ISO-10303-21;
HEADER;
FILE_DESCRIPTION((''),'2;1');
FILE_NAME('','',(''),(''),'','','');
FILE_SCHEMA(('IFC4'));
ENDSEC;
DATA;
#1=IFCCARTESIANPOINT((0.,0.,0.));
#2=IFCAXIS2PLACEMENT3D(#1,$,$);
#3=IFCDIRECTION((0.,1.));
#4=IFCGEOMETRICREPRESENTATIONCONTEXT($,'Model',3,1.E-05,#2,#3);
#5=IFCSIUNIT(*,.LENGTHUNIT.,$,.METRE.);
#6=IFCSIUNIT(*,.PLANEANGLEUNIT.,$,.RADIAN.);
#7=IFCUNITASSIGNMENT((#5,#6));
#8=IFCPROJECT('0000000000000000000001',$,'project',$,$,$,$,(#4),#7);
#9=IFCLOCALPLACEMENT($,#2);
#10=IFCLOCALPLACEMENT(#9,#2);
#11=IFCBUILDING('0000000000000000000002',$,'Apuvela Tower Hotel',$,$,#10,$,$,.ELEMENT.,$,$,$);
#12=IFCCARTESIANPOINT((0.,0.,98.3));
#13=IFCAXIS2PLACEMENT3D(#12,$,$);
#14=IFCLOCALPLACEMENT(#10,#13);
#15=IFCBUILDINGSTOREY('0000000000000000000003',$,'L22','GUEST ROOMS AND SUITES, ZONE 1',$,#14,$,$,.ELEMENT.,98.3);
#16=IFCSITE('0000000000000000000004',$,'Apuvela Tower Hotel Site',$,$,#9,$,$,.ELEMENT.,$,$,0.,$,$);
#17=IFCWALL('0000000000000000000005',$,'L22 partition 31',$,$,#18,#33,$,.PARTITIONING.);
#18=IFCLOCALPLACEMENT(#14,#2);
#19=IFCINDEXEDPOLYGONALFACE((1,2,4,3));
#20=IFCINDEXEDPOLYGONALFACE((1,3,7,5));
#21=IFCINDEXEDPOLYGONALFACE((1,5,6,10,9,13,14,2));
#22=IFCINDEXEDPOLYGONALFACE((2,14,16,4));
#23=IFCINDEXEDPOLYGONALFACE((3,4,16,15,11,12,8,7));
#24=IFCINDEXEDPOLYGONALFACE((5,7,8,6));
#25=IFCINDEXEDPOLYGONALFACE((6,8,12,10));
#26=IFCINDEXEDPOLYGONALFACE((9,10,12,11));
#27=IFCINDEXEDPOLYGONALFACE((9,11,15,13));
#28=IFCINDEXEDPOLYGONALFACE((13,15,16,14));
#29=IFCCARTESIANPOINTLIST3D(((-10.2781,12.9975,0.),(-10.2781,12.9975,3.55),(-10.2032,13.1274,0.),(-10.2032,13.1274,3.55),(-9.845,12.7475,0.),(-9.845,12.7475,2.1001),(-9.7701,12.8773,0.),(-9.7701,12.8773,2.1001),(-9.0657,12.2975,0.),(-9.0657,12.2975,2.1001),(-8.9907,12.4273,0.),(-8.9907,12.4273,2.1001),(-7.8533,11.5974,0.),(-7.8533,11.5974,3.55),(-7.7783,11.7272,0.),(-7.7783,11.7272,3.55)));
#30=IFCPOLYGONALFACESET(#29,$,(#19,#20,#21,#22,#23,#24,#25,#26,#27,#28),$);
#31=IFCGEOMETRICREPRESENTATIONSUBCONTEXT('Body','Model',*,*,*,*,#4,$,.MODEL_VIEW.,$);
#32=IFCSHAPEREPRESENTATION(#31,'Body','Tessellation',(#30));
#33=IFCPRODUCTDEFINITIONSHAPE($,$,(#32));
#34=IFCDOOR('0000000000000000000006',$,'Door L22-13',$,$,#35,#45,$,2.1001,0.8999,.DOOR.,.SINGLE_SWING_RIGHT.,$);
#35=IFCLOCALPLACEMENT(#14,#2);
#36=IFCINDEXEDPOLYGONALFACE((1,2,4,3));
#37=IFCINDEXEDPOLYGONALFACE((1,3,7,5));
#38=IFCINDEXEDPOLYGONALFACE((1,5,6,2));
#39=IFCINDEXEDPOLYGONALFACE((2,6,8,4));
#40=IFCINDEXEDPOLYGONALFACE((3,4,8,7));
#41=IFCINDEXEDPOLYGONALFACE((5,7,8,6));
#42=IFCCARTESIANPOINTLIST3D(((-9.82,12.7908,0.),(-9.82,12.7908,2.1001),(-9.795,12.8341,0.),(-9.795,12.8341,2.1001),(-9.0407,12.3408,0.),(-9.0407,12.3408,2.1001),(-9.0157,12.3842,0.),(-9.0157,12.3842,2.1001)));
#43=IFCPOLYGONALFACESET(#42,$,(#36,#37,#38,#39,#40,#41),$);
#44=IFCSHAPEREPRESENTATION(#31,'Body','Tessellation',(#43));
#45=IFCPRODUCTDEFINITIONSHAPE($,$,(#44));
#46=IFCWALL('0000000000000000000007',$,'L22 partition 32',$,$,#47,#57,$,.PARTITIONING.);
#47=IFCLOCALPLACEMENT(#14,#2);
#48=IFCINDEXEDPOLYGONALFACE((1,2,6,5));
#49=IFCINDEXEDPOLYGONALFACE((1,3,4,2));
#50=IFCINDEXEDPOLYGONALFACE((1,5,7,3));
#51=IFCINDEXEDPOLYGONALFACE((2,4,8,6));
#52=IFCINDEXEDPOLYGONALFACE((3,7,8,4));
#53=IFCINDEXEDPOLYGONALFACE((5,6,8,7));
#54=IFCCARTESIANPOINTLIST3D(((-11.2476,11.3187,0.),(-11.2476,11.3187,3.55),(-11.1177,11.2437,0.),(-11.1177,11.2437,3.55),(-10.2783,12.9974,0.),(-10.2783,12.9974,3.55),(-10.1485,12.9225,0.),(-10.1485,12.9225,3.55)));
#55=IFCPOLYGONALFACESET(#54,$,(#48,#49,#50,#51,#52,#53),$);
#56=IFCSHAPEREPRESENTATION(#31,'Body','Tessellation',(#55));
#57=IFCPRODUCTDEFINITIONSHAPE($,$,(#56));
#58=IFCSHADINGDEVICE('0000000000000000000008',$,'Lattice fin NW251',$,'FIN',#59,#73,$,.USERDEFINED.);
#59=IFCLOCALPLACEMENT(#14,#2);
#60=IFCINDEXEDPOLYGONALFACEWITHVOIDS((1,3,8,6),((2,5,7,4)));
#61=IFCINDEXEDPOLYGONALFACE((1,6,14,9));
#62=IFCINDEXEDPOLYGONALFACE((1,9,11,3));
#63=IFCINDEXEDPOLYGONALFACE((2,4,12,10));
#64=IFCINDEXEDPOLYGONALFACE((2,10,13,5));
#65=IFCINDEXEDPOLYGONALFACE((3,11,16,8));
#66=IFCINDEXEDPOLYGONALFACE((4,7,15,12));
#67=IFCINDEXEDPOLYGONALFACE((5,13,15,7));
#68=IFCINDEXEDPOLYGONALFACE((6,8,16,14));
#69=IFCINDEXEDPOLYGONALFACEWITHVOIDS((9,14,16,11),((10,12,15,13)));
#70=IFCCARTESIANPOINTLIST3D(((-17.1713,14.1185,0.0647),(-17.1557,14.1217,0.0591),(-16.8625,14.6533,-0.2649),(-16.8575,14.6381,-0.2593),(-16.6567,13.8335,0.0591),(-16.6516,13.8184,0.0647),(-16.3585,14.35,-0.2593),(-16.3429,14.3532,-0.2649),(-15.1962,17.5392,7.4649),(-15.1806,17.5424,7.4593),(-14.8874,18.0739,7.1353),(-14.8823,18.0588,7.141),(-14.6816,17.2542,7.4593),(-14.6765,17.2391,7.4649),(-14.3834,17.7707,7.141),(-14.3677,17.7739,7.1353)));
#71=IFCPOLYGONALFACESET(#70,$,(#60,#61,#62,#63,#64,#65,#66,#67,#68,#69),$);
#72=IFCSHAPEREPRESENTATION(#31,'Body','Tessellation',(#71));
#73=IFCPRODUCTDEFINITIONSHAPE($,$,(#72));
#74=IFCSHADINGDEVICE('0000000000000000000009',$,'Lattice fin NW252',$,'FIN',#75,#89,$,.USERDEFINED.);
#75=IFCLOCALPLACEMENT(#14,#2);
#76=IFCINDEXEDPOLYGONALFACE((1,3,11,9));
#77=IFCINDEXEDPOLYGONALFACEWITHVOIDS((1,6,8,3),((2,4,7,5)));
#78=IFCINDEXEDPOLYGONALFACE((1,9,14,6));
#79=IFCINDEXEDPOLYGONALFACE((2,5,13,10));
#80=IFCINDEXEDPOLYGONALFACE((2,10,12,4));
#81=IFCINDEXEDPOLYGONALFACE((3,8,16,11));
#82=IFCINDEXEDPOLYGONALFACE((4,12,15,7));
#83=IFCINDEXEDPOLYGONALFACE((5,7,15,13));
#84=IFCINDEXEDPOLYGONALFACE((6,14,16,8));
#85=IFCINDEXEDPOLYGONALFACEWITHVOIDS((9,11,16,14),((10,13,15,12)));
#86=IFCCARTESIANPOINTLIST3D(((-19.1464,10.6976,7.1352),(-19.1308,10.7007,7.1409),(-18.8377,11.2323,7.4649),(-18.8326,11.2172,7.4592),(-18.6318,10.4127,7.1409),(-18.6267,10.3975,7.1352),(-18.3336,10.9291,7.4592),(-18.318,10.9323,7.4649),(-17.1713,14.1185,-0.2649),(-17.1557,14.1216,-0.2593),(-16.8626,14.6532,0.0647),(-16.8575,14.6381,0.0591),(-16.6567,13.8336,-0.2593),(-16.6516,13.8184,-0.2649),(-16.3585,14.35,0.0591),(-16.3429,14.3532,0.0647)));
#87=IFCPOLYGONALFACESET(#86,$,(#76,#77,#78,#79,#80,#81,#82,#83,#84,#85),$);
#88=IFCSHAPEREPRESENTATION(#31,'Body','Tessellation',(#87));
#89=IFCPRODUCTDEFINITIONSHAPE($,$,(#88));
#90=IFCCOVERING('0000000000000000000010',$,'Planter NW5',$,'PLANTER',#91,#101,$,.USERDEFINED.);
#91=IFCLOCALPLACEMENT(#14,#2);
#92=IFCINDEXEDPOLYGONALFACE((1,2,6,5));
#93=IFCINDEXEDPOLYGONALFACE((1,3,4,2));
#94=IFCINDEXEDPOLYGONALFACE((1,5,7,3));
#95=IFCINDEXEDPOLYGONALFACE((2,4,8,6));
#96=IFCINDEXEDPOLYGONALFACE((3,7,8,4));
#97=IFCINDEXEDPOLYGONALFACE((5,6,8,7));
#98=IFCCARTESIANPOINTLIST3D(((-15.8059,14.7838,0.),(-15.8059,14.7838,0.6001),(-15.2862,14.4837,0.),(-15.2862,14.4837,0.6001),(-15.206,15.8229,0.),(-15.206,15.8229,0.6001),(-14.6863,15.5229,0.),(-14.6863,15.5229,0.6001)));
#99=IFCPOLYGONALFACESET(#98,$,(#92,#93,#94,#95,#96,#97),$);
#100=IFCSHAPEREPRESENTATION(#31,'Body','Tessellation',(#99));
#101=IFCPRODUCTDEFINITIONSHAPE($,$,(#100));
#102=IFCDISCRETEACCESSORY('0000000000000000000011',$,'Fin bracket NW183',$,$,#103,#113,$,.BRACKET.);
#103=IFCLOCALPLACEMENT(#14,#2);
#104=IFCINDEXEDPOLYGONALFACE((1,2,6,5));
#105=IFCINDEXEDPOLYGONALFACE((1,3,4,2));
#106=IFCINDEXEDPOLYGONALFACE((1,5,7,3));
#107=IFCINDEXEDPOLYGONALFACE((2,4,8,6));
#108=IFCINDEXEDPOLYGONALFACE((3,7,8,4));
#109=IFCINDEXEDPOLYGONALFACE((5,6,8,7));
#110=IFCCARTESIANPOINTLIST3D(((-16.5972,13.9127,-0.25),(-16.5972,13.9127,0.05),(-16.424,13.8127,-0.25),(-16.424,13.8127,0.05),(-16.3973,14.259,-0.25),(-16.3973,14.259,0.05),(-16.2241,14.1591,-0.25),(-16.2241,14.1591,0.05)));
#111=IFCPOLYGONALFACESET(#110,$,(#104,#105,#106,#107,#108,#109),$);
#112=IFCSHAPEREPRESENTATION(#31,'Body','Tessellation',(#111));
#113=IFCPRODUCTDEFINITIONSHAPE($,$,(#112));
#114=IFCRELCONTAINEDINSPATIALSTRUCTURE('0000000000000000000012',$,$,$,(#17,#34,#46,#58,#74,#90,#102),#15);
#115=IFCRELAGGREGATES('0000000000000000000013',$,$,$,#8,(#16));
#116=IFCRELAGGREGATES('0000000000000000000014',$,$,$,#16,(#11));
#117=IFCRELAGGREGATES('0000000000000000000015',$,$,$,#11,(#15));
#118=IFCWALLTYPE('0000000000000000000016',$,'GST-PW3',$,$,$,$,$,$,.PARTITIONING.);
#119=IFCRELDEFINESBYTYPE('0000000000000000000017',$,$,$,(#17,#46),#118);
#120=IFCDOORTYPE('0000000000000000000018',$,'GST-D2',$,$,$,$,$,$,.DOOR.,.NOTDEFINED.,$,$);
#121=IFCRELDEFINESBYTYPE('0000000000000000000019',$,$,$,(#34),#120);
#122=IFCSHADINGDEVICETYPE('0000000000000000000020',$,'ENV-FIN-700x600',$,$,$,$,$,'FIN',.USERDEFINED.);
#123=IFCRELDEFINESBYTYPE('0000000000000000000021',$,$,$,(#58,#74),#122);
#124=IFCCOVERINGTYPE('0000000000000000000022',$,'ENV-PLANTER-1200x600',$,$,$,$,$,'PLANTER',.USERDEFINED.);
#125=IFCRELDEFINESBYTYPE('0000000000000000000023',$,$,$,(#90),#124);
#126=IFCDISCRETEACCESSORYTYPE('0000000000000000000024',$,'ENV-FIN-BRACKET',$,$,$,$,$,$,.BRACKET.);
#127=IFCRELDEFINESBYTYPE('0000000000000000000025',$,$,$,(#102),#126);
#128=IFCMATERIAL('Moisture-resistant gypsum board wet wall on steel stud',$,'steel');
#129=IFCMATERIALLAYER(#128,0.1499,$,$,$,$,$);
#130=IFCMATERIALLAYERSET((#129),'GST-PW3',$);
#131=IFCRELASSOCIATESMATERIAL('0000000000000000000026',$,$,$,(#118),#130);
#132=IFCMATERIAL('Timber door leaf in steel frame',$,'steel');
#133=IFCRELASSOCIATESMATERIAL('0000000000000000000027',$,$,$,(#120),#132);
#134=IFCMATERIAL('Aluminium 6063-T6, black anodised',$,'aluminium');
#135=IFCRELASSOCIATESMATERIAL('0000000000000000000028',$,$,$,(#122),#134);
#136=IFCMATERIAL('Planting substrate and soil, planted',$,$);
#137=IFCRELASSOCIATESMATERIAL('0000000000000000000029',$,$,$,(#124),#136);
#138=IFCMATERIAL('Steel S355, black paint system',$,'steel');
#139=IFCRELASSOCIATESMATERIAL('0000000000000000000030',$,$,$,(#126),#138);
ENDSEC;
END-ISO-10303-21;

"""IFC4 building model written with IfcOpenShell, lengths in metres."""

from ifc_helpers import new_model, si_unit, direction, frame, frame_2d, origin, origin_2d, place, context, subcontext, project, spatial, rectangle, hollow_rectangle, extrude, material, layer, layer_set, material_profile, profile_set, type_object, element, fill, save


model = new_model("IFC4")

# Units and contexts
model_context = context("Model", 3, precision=1e-05, world=origin(), true_north=direction((0.0, 1.0)))
body_context = subcontext(model_context, "Body", "Model", "MODEL_VIEW")
ifc_project = project(units=[si_unit("LENGTHUNIT", "METRE"), si_unit("PLANEANGLEUNIT", "RADIAN")], contexts=[model_context])

# Site, building, storey
site_placement = place(None, origin())
site = spatial("IfcSite", under=ifc_project, at=site_placement, Name="Apuvela Tower Hotel Site", CompositionType="ELEMENT", RefElevation=0.0)
building_placement = place(site_placement, origin())
building = spatial("IfcBuilding", under=site, at=building_placement, Name="Apuvela Tower Hotel", CompositionType="ELEMENT")
storey_placement = place(building_placement, frame((0.0, 0.0, 98.3)))
storey = spatial("IfcBuildingStorey", under=building, at=storey_placement, Name="L22", Description="GUEST ROOMS AND SUITES, ZONE 1", CompositionType="ELEMENT", Elevation=98.3)

# Wall, opening, door
ifc_material_1 = material(Name="Moisture-resistant gypsum board wet wall on steel stud", Category="steel")
ifc_layer_1 = layer(ifc_material_1, 0.1499)
ifc_layer_set_1 = layer_set([ifc_layer_1], Name="GST-PW3")
wall_type_1 = type_object("IfcWallType", Name="GST-PW3", PredefinedType="PARTITIONING", material=ifc_layer_set_1)
wall_1_placement = place(storey_placement, frame((-7.8159, 11.6624, 0.0), z_axis=(0.0, 0.0, 1.0), x_axis=(-0.865997, 0.50005, 0.0)))
wall_1 = element("IfcWall", 1, at=wall_1_placement, inside=storey, type_object=wall_type_1, Name="L22 partition 31", PredefinedType="PARTITIONING", context=body_context, shape_type="SweptSolid", body=[
    extrude(rectangle(XDim=2.8, YDim=0.1499, at=frame_2d((1.3999, 0.0))), origin(), (0.0, 0.0, 1.0), 3.55),
])
opening_1_placement = place(wall_1_placement, frame((1.3999, 0.0, 0.0)))
opening_1 = element("IfcOpeningElement", 2, at=opening_1_placement, cuts=wall_1, PredefinedType="OPENING", context=body_context, shape_type="SweptSolid", body=[
    extrude(rectangle(XDim=0.8999, YDim=2.1001, at=frame_2d((0.45, 1.05))), frame((0.0, 0.085, 0.0), z_axis=(0.0, -1.0, 0.0), x_axis=(1.0, 0.0, 0.0)), (0.0, 0.0, 1.0), 0.1699),
])
ifc_material_2 = material(Name="Timber door leaf in steel frame", Category="steel")
door_type_1 = type_object("IfcDoorType", Name="GST-D2", OperationType="NOTDEFINED", PredefinedType="DOOR", material=ifc_material_2)
door_1_placement = place(opening_1_placement, origin())
door_1 = element("IfcDoor", 3, at=door_1_placement, inside=storey, type_object=door_type_1, Name="Door L22-13", OperationType="SINGLE_SWING_RIGHT", OverallHeight=2.1001, OverallWidth=0.8999, PredefinedType="DOOR", context=body_context, shape_type="SweptSolid", body=[
    extrude(rectangle(XDim=0.8999, YDim=2.1001, at=frame_2d((0.45, 1.05))), frame((0.0, 0.0249, 0.0), z_axis=(0.0, -1.0, 0.0), x_axis=(1.0, 0.0, 0.0)), (0.0, 0.0, 1.0), 0.05),
])
fill(opening_1, door_1)

# Wall
wall_2_placement = place(storey_placement, frame((-10.2134, 12.96, 0.0), z_axis=(0.0, 0.0, 1.0), x_axis=(-0.500013, -0.866018, 0.0)))
element("IfcWall", 4, at=wall_2_placement, inside=storey, type_object=wall_type_1, Name="L22 partition 32", PredefinedType="PARTITIONING", context=body_context, shape_type="SweptSolid", body=[
    extrude(rectangle(XDim=1.9385, YDim=0.1499, at=frame_2d((0.9692, 0.0))), origin(), (0.0, 0.0, 1.0), 3.55),
])

# Shading devices
ifc_material_3 = material(Name="Aluminium 6063-T6, black anodised", Category="aluminium")
ifc_material_profile_1 = material_profile(ifc_material_3, hollow_rectangle(XDim=0.6001, YDim=0.7, WallThickness=0.012, at=origin_2d()), Name="AL BOX 700x600x12")
ifc_profile_set_1 = profile_set([ifc_material_profile_1], Name="Aluminium 6063-T6, black anodised")
shading_device_type = type_object("IfcShadingDeviceType", Name="ENV-FIN-700x600", ElementType="FIN", PredefinedType="USERDEFINED", material=ifc_profile_set_1)
for number, where, z_axis, x_axis, name in (
    (5, (-16.7571, 14.2358, -0.1001), (0.235458, 0.407787, 0.882196), (-0.866005, 0.500035, 0.0), "Lattice fin NW251"),
    (6, (-16.7571, 14.2358, -0.1001), (-0.235455, -0.407812, 0.882185), (0.866021, -0.500008, 0.0), "Lattice fin NW252"),
):
    element("IfcShadingDevice", number, at=place(storey_placement, frame(where, z_axis=z_axis, x_axis=x_axis)), inside=storey, type_object=shading_device_type, Name=name, ObjectType="FIN", PredefinedType="USERDEFINED", context=body_context, shape_type="SweptSolid", body=[
        extrude(hollow_rectangle(XDim=0.6001, YDim=0.7, WallThickness=0.012, at=origin_2d()), origin(), (0.0, 0.0, 1.0), 8.3884),
    ])

# Covering
ifc_material_4 = material(Name="Planting substrate and soil, planted")
covering_type = type_object("IfcCoveringType", Name="ENV-PLANTER-1200x600", ElementType="PLANTER", PredefinedType="USERDEFINED", material=ifc_material_4)
covering_placement = place(storey_placement, frame((-15.2461, 15.1533, 0.0), z_axis=(0.0, 0.0, 1.0), x_axis=(-0.5, -0.866025, 0.0)))
element("IfcCovering", 7, at=covering_placement, inside=storey, type_object=covering_type, Name="Planter NW5", ObjectType="PLANTER", PredefinedType="USERDEFINED", context=body_context, shape_type="SweptSolid", body=[
    extrude(rectangle(XDim=1.2, YDim=0.6001, at=origin_2d()), origin(), (0.0, 0.0, 1.0), 0.6001),
])

# Discrete accessory
ifc_material_5 = material(Name="Steel S355, black paint system", Category="steel")
discrete_accessory_type = type_object("IfcDiscreteAccessoryType", Name="ENV-FIN-BRACKET", PredefinedType="BRACKET", material=ifc_material_5)
discrete_accessory_placement = place(storey_placement, frame((-16.4106, 14.0359, -0.25), z_axis=(0.0, 0.0, 1.0), x_axis=(-0.5, -0.866025, 0.0)))
element("IfcDiscreteAccessory", 8, at=discrete_accessory_placement, inside=storey, type_object=discrete_accessory_type, Name="Fin bracket NW183", PredefinedType="BRACKET", context=body_context, shape_type="SweptSolid", body=[
    extrude(rectangle(XDim=0.3999, YDim=0.2, at=origin_2d()), origin(), (0.0, 0.0, 1.0), 0.3),
])

save(model, "model.ifc")
